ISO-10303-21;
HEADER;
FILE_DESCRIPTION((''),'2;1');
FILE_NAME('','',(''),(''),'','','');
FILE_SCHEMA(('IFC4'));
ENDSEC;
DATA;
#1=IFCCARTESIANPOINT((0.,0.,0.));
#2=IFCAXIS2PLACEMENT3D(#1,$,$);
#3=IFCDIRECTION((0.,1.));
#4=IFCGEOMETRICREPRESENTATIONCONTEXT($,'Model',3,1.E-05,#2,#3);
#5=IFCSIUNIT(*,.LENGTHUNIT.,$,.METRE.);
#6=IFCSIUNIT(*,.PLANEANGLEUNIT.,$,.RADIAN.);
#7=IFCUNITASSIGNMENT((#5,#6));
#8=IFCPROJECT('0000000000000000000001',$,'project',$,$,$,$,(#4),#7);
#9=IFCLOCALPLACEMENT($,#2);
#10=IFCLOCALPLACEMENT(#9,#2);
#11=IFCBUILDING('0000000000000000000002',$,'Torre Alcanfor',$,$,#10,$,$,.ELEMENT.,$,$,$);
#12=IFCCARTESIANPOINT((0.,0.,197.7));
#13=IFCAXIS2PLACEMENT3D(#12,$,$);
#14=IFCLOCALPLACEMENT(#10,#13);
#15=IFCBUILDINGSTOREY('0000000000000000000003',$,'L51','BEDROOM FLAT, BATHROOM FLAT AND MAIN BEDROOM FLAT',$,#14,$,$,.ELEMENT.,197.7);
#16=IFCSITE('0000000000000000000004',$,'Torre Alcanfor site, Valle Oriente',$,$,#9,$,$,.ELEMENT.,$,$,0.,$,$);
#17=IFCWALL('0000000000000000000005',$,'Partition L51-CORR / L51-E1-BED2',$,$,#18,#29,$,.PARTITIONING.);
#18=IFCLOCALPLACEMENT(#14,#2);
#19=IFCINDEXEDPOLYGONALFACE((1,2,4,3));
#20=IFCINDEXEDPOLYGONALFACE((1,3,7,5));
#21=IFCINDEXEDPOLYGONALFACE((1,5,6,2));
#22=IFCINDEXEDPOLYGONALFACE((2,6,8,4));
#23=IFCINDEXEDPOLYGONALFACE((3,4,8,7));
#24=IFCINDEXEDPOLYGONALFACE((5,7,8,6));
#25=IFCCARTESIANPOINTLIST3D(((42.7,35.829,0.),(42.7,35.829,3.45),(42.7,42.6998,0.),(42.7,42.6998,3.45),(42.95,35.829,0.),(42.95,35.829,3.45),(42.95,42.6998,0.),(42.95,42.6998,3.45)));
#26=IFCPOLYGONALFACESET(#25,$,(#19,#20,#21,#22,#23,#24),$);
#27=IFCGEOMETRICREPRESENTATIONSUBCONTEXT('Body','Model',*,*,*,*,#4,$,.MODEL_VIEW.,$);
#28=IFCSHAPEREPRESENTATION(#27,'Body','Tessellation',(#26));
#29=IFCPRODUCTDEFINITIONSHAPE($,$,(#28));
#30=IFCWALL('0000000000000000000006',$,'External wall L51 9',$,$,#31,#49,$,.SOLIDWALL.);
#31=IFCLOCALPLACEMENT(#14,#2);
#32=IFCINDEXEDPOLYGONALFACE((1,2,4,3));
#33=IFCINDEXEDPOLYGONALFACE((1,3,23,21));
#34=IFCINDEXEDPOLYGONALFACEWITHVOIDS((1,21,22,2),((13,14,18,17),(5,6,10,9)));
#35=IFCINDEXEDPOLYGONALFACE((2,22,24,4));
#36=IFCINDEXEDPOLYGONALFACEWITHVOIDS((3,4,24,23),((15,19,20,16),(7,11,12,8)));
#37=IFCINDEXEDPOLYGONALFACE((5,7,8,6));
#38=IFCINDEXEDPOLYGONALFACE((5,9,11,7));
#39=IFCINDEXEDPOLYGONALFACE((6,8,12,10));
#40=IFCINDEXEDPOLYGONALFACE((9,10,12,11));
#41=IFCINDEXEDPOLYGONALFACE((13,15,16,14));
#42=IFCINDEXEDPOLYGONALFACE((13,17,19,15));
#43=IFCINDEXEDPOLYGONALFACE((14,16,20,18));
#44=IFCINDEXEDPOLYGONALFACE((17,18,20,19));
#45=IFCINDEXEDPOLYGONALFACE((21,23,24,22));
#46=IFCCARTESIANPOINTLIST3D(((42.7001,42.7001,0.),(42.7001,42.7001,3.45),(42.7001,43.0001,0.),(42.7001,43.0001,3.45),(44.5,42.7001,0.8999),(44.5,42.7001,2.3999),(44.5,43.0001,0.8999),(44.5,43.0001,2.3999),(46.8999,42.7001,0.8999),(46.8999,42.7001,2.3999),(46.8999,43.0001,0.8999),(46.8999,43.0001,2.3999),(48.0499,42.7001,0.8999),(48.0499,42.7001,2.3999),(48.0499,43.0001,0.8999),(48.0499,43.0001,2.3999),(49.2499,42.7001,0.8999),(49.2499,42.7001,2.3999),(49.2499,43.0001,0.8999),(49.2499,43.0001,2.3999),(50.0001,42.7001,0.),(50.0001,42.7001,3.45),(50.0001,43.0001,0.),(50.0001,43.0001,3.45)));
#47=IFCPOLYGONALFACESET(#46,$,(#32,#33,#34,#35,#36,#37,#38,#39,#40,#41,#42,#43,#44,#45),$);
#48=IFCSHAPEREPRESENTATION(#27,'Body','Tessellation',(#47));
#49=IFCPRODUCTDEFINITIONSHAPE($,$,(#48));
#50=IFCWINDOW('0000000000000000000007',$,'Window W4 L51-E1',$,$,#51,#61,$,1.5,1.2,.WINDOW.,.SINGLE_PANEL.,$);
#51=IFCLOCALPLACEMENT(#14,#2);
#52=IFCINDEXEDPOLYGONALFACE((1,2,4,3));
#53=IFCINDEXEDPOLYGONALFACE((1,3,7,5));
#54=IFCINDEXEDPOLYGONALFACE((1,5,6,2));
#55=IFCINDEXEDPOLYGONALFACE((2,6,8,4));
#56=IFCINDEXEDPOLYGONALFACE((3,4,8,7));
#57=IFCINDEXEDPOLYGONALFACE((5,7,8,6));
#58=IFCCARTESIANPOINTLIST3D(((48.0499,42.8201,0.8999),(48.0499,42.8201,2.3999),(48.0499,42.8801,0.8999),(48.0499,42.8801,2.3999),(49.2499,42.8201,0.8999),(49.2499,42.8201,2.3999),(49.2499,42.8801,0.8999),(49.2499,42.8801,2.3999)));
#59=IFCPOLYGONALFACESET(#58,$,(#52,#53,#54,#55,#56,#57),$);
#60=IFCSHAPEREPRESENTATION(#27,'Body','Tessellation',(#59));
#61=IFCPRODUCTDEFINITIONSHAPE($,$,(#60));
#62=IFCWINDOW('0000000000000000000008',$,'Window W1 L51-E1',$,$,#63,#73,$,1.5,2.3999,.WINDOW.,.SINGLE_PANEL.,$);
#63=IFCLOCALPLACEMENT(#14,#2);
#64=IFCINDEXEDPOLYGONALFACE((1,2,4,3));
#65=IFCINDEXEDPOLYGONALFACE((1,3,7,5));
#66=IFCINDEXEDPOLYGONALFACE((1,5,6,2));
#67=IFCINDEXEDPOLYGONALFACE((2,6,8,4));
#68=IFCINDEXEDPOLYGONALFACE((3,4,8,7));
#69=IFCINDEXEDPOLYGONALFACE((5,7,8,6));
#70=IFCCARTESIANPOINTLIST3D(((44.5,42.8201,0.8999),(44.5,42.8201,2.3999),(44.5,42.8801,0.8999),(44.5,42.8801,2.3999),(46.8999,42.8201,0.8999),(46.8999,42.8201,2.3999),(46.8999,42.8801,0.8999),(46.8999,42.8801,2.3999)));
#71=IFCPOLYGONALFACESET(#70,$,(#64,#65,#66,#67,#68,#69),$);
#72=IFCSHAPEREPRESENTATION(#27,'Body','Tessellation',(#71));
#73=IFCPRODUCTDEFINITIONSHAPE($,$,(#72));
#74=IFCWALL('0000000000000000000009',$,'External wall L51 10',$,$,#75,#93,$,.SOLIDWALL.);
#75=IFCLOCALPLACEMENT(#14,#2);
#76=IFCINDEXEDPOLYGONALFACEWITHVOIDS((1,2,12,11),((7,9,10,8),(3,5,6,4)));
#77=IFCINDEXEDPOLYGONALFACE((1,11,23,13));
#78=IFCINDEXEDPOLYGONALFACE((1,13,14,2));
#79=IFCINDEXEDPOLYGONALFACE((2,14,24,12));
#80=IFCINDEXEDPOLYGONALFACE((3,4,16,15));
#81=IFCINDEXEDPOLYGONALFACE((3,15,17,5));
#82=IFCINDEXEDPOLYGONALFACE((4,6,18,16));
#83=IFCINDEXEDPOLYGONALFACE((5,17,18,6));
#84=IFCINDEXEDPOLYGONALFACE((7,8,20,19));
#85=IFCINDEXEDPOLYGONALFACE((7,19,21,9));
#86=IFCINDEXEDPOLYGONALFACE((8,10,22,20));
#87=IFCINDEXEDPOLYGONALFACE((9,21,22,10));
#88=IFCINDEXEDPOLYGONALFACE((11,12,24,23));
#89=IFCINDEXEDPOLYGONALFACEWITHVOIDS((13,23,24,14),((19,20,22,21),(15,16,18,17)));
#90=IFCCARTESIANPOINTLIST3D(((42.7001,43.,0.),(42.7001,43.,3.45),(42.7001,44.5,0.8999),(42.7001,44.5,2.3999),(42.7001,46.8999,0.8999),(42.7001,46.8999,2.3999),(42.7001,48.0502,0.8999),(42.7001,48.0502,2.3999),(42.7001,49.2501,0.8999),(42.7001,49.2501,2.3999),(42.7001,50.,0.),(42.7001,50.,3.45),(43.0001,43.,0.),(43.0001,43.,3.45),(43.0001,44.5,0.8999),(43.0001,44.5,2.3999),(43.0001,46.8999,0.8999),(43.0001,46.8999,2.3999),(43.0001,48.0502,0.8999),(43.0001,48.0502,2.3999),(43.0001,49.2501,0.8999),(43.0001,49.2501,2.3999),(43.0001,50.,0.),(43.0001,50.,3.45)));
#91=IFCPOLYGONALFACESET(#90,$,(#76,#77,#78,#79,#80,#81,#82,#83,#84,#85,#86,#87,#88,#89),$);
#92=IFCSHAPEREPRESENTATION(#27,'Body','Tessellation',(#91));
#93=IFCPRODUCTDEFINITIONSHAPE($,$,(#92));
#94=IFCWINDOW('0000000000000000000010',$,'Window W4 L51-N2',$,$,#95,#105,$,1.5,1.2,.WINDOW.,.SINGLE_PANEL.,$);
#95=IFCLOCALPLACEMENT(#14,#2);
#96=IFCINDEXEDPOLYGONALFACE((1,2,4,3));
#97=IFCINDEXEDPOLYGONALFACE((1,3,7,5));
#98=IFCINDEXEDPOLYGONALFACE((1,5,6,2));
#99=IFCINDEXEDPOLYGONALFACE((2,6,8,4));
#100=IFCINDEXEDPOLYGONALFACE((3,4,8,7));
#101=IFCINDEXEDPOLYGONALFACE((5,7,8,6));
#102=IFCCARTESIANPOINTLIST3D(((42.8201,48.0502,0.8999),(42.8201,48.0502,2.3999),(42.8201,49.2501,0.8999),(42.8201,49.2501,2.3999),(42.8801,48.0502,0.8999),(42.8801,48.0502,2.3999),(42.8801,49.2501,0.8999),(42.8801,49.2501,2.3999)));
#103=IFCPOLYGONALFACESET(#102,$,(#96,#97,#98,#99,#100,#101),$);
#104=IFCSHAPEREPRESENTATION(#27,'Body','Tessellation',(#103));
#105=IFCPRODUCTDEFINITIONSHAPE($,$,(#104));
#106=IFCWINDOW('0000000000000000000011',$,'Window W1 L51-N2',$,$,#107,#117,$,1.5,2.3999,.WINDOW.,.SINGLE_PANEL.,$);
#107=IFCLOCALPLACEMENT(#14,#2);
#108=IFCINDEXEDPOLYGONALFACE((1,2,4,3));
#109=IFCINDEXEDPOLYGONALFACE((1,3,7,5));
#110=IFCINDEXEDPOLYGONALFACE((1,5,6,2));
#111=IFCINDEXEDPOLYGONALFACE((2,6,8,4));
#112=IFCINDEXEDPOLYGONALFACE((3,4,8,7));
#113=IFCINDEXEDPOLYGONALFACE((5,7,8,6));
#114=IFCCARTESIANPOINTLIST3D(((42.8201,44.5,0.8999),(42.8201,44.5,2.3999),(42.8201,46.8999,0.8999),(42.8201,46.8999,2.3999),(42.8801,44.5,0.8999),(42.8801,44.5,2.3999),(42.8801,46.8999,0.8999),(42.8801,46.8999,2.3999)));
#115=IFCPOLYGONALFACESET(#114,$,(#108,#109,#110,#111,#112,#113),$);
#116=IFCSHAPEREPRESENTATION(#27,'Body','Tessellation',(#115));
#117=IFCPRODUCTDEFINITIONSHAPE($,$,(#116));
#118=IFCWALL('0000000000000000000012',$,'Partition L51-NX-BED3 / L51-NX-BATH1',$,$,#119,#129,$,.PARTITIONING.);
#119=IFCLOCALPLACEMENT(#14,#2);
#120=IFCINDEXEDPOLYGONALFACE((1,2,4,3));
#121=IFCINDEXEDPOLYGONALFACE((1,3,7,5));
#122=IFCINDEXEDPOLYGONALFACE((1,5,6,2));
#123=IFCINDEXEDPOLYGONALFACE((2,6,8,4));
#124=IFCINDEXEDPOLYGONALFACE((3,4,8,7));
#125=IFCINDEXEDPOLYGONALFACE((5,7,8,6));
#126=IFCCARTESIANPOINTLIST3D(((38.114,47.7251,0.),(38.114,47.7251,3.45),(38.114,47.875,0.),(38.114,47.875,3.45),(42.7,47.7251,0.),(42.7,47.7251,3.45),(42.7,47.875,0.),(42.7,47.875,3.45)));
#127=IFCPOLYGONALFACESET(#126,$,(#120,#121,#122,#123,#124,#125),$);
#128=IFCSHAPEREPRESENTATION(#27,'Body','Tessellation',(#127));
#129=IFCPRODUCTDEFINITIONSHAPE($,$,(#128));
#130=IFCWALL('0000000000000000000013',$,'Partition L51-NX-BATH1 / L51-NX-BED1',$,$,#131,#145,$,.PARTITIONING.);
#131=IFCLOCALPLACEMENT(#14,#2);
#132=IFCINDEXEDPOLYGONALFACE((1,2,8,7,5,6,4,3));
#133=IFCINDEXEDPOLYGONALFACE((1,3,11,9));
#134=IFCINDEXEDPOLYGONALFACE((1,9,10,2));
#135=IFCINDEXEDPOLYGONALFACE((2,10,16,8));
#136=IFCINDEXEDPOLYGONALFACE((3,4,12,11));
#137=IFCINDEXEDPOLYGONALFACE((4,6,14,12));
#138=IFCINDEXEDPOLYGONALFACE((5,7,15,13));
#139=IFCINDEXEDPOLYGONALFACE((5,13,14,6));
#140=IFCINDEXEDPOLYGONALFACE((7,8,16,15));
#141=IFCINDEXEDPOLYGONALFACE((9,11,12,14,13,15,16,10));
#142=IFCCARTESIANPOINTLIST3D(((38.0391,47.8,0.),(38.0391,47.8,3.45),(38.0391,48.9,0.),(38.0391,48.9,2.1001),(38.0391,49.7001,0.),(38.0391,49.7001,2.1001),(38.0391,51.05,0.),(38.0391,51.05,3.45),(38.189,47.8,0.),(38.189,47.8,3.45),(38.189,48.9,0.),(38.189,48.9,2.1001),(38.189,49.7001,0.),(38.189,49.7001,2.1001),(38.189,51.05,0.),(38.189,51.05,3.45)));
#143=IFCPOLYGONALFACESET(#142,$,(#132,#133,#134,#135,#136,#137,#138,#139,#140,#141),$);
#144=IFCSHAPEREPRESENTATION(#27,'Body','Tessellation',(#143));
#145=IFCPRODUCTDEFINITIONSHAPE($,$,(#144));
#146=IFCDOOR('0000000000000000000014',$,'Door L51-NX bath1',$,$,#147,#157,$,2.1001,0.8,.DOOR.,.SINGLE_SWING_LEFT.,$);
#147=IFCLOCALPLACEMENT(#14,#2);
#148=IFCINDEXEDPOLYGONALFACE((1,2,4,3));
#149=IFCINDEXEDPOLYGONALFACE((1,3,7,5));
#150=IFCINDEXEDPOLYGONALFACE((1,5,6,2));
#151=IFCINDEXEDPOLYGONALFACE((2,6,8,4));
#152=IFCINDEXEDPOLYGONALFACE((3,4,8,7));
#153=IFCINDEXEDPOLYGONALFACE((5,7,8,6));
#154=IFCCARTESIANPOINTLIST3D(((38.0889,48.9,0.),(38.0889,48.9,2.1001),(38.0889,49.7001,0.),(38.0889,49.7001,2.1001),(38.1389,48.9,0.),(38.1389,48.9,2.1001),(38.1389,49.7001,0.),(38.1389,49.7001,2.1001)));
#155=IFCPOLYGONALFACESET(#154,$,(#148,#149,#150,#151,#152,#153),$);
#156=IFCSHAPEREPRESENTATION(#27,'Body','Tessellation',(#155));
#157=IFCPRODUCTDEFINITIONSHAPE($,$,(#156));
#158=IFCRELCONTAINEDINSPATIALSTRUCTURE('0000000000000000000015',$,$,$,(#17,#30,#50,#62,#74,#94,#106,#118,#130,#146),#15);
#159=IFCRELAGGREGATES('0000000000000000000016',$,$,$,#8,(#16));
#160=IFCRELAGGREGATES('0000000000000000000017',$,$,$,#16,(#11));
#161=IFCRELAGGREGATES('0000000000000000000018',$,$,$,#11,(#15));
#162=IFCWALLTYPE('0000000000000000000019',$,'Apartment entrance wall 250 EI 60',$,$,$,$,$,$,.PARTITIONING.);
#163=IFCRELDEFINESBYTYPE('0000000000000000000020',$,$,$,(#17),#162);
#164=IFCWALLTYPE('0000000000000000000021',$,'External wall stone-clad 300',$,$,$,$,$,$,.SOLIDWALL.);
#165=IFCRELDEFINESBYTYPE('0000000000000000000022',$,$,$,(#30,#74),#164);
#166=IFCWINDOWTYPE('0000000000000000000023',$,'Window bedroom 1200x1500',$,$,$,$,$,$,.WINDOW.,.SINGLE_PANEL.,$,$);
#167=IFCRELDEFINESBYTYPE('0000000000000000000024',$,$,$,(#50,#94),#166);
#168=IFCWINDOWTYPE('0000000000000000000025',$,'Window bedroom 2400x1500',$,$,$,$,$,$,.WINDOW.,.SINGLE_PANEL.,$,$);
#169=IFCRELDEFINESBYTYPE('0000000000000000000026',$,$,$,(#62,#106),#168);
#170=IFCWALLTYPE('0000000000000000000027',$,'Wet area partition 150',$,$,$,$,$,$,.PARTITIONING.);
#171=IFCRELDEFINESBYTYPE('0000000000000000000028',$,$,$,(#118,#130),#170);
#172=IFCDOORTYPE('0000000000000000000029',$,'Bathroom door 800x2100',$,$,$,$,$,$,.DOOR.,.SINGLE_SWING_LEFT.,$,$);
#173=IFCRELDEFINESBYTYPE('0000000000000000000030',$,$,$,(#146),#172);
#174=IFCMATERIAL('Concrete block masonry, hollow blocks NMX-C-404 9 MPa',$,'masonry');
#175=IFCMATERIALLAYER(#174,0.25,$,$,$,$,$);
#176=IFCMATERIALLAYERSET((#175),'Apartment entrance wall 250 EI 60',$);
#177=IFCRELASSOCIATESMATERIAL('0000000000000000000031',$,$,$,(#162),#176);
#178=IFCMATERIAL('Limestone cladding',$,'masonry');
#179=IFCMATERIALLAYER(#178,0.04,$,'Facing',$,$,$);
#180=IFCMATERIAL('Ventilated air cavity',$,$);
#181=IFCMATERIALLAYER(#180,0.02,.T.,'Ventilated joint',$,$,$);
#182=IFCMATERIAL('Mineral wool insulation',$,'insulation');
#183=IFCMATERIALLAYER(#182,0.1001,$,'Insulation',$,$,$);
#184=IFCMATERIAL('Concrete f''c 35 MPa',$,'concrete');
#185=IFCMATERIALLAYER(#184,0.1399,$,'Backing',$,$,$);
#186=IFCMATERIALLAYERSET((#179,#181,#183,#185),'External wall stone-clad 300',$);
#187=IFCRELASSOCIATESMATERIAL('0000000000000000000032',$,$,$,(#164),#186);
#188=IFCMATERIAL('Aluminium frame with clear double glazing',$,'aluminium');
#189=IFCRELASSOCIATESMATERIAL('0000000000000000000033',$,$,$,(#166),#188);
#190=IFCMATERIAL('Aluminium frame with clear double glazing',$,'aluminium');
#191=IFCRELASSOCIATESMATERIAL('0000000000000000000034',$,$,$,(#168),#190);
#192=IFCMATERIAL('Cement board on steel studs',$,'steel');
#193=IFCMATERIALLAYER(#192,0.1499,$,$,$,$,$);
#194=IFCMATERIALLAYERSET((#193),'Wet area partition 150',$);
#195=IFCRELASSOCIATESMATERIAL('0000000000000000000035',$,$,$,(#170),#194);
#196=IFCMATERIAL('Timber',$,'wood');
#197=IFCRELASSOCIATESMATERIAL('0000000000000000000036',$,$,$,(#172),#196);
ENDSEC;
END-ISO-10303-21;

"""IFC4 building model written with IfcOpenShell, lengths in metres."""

from ifc_helpers import new_model, si_unit, direction, frame, frame_2d, origin, place, context, subcontext, project, spatial, rectangle, extrude, material, layer, layer_set, type_object, element, fill, save


model = new_model("IFC4")

# Units and contexts
model_context = context("Model", 3, precision=1e-05, world=origin(), true_north=direction((0.0, 1.0)))
body_context = subcontext(model_context, "Body", "Model", "MODEL_VIEW")
ifc_project = project(units=[si_unit("LENGTHUNIT", "METRE"), si_unit("PLANEANGLEUNIT", "RADIAN")], contexts=[model_context])

# Site, building, storey
site_placement = place(None, origin())
site = spatial("IfcSite", under=ifc_project, at=site_placement, Name="Torre Alcanfor site, Valle Oriente", CompositionType="ELEMENT", RefElevation=0.0)
building_placement = place(site_placement, origin())
building = spatial("IfcBuilding", under=site, at=building_placement, Name="Torre Alcanfor", CompositionType="ELEMENT")
storey_placement = place(building_placement, frame((0.0, 0.0, 197.7)))
storey = spatial("IfcBuildingStorey", under=building, at=storey_placement, Name="L51", Description="BEDROOM FLAT, BATHROOM FLAT AND MAIN BEDROOM FLAT", CompositionType="ELEMENT", Elevation=197.7)

# Wall
ifc_material_1 = material(Name="Concrete block masonry, hollow blocks NMX-C-404 9 MPa", Category="masonry")
ifc_layer_1 = layer(ifc_material_1, 0.25)
ifc_layer_set_1 = layer_set([ifc_layer_1], Name="Apartment entrance wall 250 EI 60")
wall_type_1 = type_object("IfcWallType", Name="Apartment entrance wall 250 EI 60", PredefinedType="PARTITIONING", material=ifc_layer_set_1)
wall_1_placement = place(storey_placement, frame((42.825, 42.7, 0.0), z_axis=(0.0, 0.0, 1.0), x_axis=(0.0, -1.0, 0.0)))
element("IfcWall", 1, at=wall_1_placement, inside=storey, type_object=wall_type_1, Name="Partition L51-CORR / L51-E1-BED2", PredefinedType="PARTITIONING", context=body_context, shape_type="SweptSolid", body=[
    extrude(rectangle(XDim=6.8708, YDim=0.25, at=frame_2d((3.4355, 0.0))), origin(), (0.0, 0.0, 1.0), 3.45),
])

# Walls, openings, windows
ifc_material_2 = material(Name="Limestone cladding", Category="masonry")
ifc_layer_2 = layer(ifc_material_2, 0.04, Name="Facing")
ifc_material_3 = material(Name="Ventilated air cavity")
ifc_layer_3 = layer(ifc_material_3, 0.02, ventilated=True, Name="Ventilated joint")
ifc_material_4 = material(Name="Mineral wool insulation", Category="insulation")
ifc_layer_4 = layer(ifc_material_4, 0.1001, Name="Insulation")
ifc_material_5 = material(Name="Concrete f'c 35 MPa", Category="concrete")
ifc_layer_5 = layer(ifc_material_5, 0.1399, Name="Backing")
ifc_layer_set_2 = layer_set([ifc_layer_2, ifc_layer_3, ifc_layer_4, ifc_layer_5], Name="External wall stone-clad 300")
wall_type_2 = type_object("IfcWallType", Name="External wall stone-clad 300", PredefinedType="SOLIDWALL", material=ifc_layer_set_2)
wall_2_placement = place(storey_placement, frame((50.0, 42.8501, 0.0), z_axis=(0.0, 0.0, 1.0), x_axis=(-1.0, 0.0, 0.0)))
wall_2 = element("IfcWall", 2, at=wall_2_placement, inside=storey, type_object=wall_type_2, Name="External wall L51 9", PredefinedType="SOLIDWALL", context=body_context, shape_type="SweptSolid", body=[
    extrude(rectangle(XDim=7.3, YDim=0.3, at=frame_2d((3.6499, 0.0))), origin(), (0.0, 0.0, 1.0), 3.45),
])
opening_1_placement = place(wall_2_placement, frame((3.1001, 0.0, 0.8999)))
opening_1 = element("IfcOpeningElement", 3, at=opening_1_placement, cuts=wall_2, PredefinedType="OPENING", context=body_context, shape_type="SweptSolid", body=[
    extrude(rectangle(XDim=2.3999, YDim=1.5, at=frame_2d((1.2, 0.75))), frame((0.0, 0.1599, 0.0), z_axis=(0.0, -1.0, 0.0), x_axis=(1.0, 0.0, 0.0)), (0.0, 0.0, 1.0), 0.3201),
])
opening_2_placement = place(wall_2_placement, frame((0.75, 0.0, 0.8999)))
opening_2 = element("IfcOpeningElement", 4, at=opening_2_placement, cuts=wall_2, PredefinedType="OPENING", context=body_context, shape_type="SweptSolid", body=[
    extrude(rectangle(XDim=1.2, YDim=1.5, at=frame_2d((0.6001, 0.75))), frame((0.0, 0.1599, 0.0), z_axis=(0.0, -1.0, 0.0), x_axis=(1.0, 0.0, 0.0)), (0.0, 0.0, 1.0), 0.3201),
])
ifc_material_6 = material(Name="Aluminium frame with clear double glazing", Category="aluminium")
window_type_1 = type_object("IfcWindowType", Name="Window bedroom 1200x1500", PartitioningType="SINGLE_PANEL", PredefinedType="WINDOW", material=ifc_material_6)
window_1_placement = place(opening_2_placement, origin())
window_1 = element("IfcWindow", 5, at=window_1_placement, inside=storey, type_object=window_type_1, Name="Window W4 L51-E1", OverallHeight=1.5, OverallWidth=1.2, PartitioningType="SINGLE_PANEL", PredefinedType="WINDOW", context=body_context, shape_type="SweptSolid", body=[
    extrude(rectangle(XDim=1.2, YDim=1.5, at=frame_2d((0.6001, 0.75))), frame((0.0, 0.03, 0.0), z_axis=(0.0, -1.0, 0.0), x_axis=(1.0, 0.0, 0.0)), (0.0, 0.0, 1.0), 0.0601),
])
fill(opening_2, window_1)
ifc_material_7 = material(Name="Aluminium frame with clear double glazing", Category="aluminium")
window_type_2 = type_object("IfcWindowType", Name="Window bedroom 2400x1500", PartitioningType="SINGLE_PANEL", PredefinedType="WINDOW", material=ifc_material_7)
window_2_placement = place(opening_1_placement, origin())
window_2 = element("IfcWindow", 6, at=window_2_placement, inside=storey, type_object=window_type_2, Name="Window W1 L51-E1", OverallHeight=1.5, OverallWidth=2.3999, PartitioningType="SINGLE_PANEL", PredefinedType="WINDOW", context=body_context, shape_type="SweptSolid", body=[
    extrude(rectangle(XDim=2.3999, YDim=1.5, at=frame_2d((1.2, 0.75))), frame((0.0, 0.03, 0.0), z_axis=(0.0, -1.0, 0.0), x_axis=(1.0, 0.0, 0.0)), (0.0, 0.0, 1.0), 0.0601),
])
fill(opening_1, window_2)
wall_3_placement = place(storey_placement, frame((42.8501, 43.0, 0.0), z_axis=(0.0, 0.0, 1.0), x_axis=(0.0, 1.0, 0.0)))
wall_3 = element("IfcWall", 7, at=wall_3_placement, inside=storey, type_object=wall_type_2, Name="External wall L51 10", PredefinedType="SOLIDWALL", context=body_context, shape_type="SweptSolid", body=[
    extrude(rectangle(XDim=7.0, YDim=0.3, at=frame_2d((3.5, 0.0))), origin(), (0.0, 0.0, 1.0), 3.45),
])
opening_3_placement = place(wall_3_placement, frame((1.5, 0.0, 0.8999)))
opening_3 = element("IfcOpeningElement", 8, at=opening_3_placement, cuts=wall_3, PredefinedType="OPENING", context=body_context, shape_type="SweptSolid", body=[
    extrude(rectangle(XDim=2.3999, YDim=1.5, at=frame_2d((1.2, 0.75))), frame((0.0, 0.1599, 0.0), z_axis=(0.0, -1.0, 0.0), x_axis=(1.0, 0.0, 0.0)), (0.0, 0.0, 1.0), 0.3201),
])
opening_4_placement = place(wall_3_placement, frame((5.05, 0.0, 0.8999)))
opening_4 = element("IfcOpeningElement", 9, at=opening_4_placement, cuts=wall_3, PredefinedType="OPENING", context=body_context, shape_type="SweptSolid", body=[
    extrude(rectangle(XDim=1.2, YDim=1.5, at=frame_2d((0.6001, 0.75))), frame((0.0, 0.1599, 0.0), z_axis=(0.0, -1.0, 0.0), x_axis=(1.0, 0.0, 0.0)), (0.0, 0.0, 1.0), 0.3201),
])
window_3_placement = place(opening_4_placement, origin())
window_3 = element("IfcWindow", 10, at=window_3_placement, inside=storey, type_object=window_type_1, Name="Window W4 L51-N2", OverallHeight=1.5, OverallWidth=1.2, PartitioningType="SINGLE_PANEL", PredefinedType="WINDOW", context=body_context, shape_type="SweptSolid", body=[
    extrude(rectangle(XDim=1.2, YDim=1.5, at=frame_2d((0.6001, 0.75))), frame((0.0, 0.03, 0.0), z_axis=(0.0, -1.0, 0.0), x_axis=(1.0, 0.0, 0.0)), (0.0, 0.0, 1.0), 0.0601),
])
fill(opening_4, window_3)
window_4_placement = place(opening_3_placement, origin())
window_4 = element("IfcWindow", 11, at=window_4_placement, inside=storey, type_object=window_type_2, Name="Window W1 L51-N2", OverallHeight=1.5, OverallWidth=2.3999, PartitioningType="SINGLE_PANEL", PredefinedType="WINDOW", context=body_context, shape_type="SweptSolid", body=[
    extrude(rectangle(XDim=2.3999, YDim=1.5, at=frame_2d((1.2, 0.75))), frame((0.0, 0.03, 0.0), z_axis=(0.0, -1.0, 0.0), x_axis=(1.0, 0.0, 0.0)), (0.0, 0.0, 1.0), 0.0601),
])
fill(opening_3, window_4)

# Wall
ifc_material_8 = material(Name="Cement board on steel studs", Category="steel")
ifc_layer_6 = layer(ifc_material_8, 0.1499)
ifc_layer_set_3 = layer_set([ifc_layer_6], Name="Wet area partition 150")
wall_type_3 = type_object("IfcWallType", Name="Wet area partition 150", PredefinedType="PARTITIONING", material=ifc_layer_set_3)
wall_4_placement = place(storey_placement, frame((42.7, 47.8, 0.0), z_axis=(0.0, 0.0, 1.0), x_axis=(-1.0, 0.0, 0.0)))
element("IfcWall", 12, at=wall_4_placement, inside=storey, type_object=wall_type_3, Name="Partition L51-NX-BED3 / L51-NX-BATH1", PredefinedType="PARTITIONING", context=body_context, shape_type="SweptSolid", body=[
    extrude(rectangle(XDim=4.5859, YDim=0.1499, at=frame_2d((2.293, 0.0))), origin(), (0.0, 0.0, 1.0), 3.45),
])

# Wall, opening, door
wall_5_placement = place(storey_placement, frame((38.114, 51.05, 0.0), z_axis=(0.0, 0.0, 1.0), x_axis=(0.0, -1.0, 0.0)))
wall_5 = element("IfcWall", 13, at=wall_5_placement, inside=storey, type_object=wall_type_3, Name="Partition L51-NX-BATH1 / L51-NX-BED1", PredefinedType="PARTITIONING", context=body_context, shape_type="SweptSolid", body=[
    extrude(rectangle(XDim=3.25, YDim=0.1499, at=frame_2d((1.625, 0.0))), origin(), (0.0, 0.0, 1.0), 3.45),
])
opening_5_placement = place(wall_5_placement, frame((1.3501, 0.0, 0.0)))
opening_5 = element("IfcOpeningElement", 14, at=opening_5_placement, cuts=wall_5, PredefinedType="OPENING", context=body_context, shape_type="SweptSolid", body=[
    extrude(rectangle(XDim=0.8, YDim=2.1001, at=frame_2d((0.3999, 1.05))), frame((0.0, 0.085, 0.0), z_axis=(0.0, -1.0, 0.0), x_axis=(1.0, 0.0, 0.0)), (0.0, 0.0, 1.0), 0.1699),
])
ifc_material_9 = material(Name="Timber", Category="wood")
door_type = type_object("IfcDoorType", Name="Bathroom door 800x2100", OperationType="SINGLE_SWING_LEFT", PredefinedType="DOOR", material=ifc_material_9)
door_placement = place(opening_5_placement, frame((0.8, 0.0, 0.0), z_axis=(0.0, 0.0, 1.0), x_axis=(-1.0, 0.0, 0.0)))
door = element("IfcDoor", 15, at=door_placement, inside=storey, type_object=door_type, Name="Door L51-NX bath1", OperationType="SINGLE_SWING_LEFT", OverallHeight=2.1001, OverallWidth=0.8, PredefinedType="DOOR", context=body_context, shape_type="SweptSolid", body=[
    extrude(rectangle(XDim=0.8, YDim=2.1001, at=frame_2d((0.4001, 1.05))), frame((0.0, 0.0251, 0.0), z_axis=(0.0, -1.0, 0.0), x_axis=(1.0, 0.0, 0.0)), (0.0, 0.0, 1.0), 0.05),
])
fill(opening_5, door)

save(model, "model.ifc")
